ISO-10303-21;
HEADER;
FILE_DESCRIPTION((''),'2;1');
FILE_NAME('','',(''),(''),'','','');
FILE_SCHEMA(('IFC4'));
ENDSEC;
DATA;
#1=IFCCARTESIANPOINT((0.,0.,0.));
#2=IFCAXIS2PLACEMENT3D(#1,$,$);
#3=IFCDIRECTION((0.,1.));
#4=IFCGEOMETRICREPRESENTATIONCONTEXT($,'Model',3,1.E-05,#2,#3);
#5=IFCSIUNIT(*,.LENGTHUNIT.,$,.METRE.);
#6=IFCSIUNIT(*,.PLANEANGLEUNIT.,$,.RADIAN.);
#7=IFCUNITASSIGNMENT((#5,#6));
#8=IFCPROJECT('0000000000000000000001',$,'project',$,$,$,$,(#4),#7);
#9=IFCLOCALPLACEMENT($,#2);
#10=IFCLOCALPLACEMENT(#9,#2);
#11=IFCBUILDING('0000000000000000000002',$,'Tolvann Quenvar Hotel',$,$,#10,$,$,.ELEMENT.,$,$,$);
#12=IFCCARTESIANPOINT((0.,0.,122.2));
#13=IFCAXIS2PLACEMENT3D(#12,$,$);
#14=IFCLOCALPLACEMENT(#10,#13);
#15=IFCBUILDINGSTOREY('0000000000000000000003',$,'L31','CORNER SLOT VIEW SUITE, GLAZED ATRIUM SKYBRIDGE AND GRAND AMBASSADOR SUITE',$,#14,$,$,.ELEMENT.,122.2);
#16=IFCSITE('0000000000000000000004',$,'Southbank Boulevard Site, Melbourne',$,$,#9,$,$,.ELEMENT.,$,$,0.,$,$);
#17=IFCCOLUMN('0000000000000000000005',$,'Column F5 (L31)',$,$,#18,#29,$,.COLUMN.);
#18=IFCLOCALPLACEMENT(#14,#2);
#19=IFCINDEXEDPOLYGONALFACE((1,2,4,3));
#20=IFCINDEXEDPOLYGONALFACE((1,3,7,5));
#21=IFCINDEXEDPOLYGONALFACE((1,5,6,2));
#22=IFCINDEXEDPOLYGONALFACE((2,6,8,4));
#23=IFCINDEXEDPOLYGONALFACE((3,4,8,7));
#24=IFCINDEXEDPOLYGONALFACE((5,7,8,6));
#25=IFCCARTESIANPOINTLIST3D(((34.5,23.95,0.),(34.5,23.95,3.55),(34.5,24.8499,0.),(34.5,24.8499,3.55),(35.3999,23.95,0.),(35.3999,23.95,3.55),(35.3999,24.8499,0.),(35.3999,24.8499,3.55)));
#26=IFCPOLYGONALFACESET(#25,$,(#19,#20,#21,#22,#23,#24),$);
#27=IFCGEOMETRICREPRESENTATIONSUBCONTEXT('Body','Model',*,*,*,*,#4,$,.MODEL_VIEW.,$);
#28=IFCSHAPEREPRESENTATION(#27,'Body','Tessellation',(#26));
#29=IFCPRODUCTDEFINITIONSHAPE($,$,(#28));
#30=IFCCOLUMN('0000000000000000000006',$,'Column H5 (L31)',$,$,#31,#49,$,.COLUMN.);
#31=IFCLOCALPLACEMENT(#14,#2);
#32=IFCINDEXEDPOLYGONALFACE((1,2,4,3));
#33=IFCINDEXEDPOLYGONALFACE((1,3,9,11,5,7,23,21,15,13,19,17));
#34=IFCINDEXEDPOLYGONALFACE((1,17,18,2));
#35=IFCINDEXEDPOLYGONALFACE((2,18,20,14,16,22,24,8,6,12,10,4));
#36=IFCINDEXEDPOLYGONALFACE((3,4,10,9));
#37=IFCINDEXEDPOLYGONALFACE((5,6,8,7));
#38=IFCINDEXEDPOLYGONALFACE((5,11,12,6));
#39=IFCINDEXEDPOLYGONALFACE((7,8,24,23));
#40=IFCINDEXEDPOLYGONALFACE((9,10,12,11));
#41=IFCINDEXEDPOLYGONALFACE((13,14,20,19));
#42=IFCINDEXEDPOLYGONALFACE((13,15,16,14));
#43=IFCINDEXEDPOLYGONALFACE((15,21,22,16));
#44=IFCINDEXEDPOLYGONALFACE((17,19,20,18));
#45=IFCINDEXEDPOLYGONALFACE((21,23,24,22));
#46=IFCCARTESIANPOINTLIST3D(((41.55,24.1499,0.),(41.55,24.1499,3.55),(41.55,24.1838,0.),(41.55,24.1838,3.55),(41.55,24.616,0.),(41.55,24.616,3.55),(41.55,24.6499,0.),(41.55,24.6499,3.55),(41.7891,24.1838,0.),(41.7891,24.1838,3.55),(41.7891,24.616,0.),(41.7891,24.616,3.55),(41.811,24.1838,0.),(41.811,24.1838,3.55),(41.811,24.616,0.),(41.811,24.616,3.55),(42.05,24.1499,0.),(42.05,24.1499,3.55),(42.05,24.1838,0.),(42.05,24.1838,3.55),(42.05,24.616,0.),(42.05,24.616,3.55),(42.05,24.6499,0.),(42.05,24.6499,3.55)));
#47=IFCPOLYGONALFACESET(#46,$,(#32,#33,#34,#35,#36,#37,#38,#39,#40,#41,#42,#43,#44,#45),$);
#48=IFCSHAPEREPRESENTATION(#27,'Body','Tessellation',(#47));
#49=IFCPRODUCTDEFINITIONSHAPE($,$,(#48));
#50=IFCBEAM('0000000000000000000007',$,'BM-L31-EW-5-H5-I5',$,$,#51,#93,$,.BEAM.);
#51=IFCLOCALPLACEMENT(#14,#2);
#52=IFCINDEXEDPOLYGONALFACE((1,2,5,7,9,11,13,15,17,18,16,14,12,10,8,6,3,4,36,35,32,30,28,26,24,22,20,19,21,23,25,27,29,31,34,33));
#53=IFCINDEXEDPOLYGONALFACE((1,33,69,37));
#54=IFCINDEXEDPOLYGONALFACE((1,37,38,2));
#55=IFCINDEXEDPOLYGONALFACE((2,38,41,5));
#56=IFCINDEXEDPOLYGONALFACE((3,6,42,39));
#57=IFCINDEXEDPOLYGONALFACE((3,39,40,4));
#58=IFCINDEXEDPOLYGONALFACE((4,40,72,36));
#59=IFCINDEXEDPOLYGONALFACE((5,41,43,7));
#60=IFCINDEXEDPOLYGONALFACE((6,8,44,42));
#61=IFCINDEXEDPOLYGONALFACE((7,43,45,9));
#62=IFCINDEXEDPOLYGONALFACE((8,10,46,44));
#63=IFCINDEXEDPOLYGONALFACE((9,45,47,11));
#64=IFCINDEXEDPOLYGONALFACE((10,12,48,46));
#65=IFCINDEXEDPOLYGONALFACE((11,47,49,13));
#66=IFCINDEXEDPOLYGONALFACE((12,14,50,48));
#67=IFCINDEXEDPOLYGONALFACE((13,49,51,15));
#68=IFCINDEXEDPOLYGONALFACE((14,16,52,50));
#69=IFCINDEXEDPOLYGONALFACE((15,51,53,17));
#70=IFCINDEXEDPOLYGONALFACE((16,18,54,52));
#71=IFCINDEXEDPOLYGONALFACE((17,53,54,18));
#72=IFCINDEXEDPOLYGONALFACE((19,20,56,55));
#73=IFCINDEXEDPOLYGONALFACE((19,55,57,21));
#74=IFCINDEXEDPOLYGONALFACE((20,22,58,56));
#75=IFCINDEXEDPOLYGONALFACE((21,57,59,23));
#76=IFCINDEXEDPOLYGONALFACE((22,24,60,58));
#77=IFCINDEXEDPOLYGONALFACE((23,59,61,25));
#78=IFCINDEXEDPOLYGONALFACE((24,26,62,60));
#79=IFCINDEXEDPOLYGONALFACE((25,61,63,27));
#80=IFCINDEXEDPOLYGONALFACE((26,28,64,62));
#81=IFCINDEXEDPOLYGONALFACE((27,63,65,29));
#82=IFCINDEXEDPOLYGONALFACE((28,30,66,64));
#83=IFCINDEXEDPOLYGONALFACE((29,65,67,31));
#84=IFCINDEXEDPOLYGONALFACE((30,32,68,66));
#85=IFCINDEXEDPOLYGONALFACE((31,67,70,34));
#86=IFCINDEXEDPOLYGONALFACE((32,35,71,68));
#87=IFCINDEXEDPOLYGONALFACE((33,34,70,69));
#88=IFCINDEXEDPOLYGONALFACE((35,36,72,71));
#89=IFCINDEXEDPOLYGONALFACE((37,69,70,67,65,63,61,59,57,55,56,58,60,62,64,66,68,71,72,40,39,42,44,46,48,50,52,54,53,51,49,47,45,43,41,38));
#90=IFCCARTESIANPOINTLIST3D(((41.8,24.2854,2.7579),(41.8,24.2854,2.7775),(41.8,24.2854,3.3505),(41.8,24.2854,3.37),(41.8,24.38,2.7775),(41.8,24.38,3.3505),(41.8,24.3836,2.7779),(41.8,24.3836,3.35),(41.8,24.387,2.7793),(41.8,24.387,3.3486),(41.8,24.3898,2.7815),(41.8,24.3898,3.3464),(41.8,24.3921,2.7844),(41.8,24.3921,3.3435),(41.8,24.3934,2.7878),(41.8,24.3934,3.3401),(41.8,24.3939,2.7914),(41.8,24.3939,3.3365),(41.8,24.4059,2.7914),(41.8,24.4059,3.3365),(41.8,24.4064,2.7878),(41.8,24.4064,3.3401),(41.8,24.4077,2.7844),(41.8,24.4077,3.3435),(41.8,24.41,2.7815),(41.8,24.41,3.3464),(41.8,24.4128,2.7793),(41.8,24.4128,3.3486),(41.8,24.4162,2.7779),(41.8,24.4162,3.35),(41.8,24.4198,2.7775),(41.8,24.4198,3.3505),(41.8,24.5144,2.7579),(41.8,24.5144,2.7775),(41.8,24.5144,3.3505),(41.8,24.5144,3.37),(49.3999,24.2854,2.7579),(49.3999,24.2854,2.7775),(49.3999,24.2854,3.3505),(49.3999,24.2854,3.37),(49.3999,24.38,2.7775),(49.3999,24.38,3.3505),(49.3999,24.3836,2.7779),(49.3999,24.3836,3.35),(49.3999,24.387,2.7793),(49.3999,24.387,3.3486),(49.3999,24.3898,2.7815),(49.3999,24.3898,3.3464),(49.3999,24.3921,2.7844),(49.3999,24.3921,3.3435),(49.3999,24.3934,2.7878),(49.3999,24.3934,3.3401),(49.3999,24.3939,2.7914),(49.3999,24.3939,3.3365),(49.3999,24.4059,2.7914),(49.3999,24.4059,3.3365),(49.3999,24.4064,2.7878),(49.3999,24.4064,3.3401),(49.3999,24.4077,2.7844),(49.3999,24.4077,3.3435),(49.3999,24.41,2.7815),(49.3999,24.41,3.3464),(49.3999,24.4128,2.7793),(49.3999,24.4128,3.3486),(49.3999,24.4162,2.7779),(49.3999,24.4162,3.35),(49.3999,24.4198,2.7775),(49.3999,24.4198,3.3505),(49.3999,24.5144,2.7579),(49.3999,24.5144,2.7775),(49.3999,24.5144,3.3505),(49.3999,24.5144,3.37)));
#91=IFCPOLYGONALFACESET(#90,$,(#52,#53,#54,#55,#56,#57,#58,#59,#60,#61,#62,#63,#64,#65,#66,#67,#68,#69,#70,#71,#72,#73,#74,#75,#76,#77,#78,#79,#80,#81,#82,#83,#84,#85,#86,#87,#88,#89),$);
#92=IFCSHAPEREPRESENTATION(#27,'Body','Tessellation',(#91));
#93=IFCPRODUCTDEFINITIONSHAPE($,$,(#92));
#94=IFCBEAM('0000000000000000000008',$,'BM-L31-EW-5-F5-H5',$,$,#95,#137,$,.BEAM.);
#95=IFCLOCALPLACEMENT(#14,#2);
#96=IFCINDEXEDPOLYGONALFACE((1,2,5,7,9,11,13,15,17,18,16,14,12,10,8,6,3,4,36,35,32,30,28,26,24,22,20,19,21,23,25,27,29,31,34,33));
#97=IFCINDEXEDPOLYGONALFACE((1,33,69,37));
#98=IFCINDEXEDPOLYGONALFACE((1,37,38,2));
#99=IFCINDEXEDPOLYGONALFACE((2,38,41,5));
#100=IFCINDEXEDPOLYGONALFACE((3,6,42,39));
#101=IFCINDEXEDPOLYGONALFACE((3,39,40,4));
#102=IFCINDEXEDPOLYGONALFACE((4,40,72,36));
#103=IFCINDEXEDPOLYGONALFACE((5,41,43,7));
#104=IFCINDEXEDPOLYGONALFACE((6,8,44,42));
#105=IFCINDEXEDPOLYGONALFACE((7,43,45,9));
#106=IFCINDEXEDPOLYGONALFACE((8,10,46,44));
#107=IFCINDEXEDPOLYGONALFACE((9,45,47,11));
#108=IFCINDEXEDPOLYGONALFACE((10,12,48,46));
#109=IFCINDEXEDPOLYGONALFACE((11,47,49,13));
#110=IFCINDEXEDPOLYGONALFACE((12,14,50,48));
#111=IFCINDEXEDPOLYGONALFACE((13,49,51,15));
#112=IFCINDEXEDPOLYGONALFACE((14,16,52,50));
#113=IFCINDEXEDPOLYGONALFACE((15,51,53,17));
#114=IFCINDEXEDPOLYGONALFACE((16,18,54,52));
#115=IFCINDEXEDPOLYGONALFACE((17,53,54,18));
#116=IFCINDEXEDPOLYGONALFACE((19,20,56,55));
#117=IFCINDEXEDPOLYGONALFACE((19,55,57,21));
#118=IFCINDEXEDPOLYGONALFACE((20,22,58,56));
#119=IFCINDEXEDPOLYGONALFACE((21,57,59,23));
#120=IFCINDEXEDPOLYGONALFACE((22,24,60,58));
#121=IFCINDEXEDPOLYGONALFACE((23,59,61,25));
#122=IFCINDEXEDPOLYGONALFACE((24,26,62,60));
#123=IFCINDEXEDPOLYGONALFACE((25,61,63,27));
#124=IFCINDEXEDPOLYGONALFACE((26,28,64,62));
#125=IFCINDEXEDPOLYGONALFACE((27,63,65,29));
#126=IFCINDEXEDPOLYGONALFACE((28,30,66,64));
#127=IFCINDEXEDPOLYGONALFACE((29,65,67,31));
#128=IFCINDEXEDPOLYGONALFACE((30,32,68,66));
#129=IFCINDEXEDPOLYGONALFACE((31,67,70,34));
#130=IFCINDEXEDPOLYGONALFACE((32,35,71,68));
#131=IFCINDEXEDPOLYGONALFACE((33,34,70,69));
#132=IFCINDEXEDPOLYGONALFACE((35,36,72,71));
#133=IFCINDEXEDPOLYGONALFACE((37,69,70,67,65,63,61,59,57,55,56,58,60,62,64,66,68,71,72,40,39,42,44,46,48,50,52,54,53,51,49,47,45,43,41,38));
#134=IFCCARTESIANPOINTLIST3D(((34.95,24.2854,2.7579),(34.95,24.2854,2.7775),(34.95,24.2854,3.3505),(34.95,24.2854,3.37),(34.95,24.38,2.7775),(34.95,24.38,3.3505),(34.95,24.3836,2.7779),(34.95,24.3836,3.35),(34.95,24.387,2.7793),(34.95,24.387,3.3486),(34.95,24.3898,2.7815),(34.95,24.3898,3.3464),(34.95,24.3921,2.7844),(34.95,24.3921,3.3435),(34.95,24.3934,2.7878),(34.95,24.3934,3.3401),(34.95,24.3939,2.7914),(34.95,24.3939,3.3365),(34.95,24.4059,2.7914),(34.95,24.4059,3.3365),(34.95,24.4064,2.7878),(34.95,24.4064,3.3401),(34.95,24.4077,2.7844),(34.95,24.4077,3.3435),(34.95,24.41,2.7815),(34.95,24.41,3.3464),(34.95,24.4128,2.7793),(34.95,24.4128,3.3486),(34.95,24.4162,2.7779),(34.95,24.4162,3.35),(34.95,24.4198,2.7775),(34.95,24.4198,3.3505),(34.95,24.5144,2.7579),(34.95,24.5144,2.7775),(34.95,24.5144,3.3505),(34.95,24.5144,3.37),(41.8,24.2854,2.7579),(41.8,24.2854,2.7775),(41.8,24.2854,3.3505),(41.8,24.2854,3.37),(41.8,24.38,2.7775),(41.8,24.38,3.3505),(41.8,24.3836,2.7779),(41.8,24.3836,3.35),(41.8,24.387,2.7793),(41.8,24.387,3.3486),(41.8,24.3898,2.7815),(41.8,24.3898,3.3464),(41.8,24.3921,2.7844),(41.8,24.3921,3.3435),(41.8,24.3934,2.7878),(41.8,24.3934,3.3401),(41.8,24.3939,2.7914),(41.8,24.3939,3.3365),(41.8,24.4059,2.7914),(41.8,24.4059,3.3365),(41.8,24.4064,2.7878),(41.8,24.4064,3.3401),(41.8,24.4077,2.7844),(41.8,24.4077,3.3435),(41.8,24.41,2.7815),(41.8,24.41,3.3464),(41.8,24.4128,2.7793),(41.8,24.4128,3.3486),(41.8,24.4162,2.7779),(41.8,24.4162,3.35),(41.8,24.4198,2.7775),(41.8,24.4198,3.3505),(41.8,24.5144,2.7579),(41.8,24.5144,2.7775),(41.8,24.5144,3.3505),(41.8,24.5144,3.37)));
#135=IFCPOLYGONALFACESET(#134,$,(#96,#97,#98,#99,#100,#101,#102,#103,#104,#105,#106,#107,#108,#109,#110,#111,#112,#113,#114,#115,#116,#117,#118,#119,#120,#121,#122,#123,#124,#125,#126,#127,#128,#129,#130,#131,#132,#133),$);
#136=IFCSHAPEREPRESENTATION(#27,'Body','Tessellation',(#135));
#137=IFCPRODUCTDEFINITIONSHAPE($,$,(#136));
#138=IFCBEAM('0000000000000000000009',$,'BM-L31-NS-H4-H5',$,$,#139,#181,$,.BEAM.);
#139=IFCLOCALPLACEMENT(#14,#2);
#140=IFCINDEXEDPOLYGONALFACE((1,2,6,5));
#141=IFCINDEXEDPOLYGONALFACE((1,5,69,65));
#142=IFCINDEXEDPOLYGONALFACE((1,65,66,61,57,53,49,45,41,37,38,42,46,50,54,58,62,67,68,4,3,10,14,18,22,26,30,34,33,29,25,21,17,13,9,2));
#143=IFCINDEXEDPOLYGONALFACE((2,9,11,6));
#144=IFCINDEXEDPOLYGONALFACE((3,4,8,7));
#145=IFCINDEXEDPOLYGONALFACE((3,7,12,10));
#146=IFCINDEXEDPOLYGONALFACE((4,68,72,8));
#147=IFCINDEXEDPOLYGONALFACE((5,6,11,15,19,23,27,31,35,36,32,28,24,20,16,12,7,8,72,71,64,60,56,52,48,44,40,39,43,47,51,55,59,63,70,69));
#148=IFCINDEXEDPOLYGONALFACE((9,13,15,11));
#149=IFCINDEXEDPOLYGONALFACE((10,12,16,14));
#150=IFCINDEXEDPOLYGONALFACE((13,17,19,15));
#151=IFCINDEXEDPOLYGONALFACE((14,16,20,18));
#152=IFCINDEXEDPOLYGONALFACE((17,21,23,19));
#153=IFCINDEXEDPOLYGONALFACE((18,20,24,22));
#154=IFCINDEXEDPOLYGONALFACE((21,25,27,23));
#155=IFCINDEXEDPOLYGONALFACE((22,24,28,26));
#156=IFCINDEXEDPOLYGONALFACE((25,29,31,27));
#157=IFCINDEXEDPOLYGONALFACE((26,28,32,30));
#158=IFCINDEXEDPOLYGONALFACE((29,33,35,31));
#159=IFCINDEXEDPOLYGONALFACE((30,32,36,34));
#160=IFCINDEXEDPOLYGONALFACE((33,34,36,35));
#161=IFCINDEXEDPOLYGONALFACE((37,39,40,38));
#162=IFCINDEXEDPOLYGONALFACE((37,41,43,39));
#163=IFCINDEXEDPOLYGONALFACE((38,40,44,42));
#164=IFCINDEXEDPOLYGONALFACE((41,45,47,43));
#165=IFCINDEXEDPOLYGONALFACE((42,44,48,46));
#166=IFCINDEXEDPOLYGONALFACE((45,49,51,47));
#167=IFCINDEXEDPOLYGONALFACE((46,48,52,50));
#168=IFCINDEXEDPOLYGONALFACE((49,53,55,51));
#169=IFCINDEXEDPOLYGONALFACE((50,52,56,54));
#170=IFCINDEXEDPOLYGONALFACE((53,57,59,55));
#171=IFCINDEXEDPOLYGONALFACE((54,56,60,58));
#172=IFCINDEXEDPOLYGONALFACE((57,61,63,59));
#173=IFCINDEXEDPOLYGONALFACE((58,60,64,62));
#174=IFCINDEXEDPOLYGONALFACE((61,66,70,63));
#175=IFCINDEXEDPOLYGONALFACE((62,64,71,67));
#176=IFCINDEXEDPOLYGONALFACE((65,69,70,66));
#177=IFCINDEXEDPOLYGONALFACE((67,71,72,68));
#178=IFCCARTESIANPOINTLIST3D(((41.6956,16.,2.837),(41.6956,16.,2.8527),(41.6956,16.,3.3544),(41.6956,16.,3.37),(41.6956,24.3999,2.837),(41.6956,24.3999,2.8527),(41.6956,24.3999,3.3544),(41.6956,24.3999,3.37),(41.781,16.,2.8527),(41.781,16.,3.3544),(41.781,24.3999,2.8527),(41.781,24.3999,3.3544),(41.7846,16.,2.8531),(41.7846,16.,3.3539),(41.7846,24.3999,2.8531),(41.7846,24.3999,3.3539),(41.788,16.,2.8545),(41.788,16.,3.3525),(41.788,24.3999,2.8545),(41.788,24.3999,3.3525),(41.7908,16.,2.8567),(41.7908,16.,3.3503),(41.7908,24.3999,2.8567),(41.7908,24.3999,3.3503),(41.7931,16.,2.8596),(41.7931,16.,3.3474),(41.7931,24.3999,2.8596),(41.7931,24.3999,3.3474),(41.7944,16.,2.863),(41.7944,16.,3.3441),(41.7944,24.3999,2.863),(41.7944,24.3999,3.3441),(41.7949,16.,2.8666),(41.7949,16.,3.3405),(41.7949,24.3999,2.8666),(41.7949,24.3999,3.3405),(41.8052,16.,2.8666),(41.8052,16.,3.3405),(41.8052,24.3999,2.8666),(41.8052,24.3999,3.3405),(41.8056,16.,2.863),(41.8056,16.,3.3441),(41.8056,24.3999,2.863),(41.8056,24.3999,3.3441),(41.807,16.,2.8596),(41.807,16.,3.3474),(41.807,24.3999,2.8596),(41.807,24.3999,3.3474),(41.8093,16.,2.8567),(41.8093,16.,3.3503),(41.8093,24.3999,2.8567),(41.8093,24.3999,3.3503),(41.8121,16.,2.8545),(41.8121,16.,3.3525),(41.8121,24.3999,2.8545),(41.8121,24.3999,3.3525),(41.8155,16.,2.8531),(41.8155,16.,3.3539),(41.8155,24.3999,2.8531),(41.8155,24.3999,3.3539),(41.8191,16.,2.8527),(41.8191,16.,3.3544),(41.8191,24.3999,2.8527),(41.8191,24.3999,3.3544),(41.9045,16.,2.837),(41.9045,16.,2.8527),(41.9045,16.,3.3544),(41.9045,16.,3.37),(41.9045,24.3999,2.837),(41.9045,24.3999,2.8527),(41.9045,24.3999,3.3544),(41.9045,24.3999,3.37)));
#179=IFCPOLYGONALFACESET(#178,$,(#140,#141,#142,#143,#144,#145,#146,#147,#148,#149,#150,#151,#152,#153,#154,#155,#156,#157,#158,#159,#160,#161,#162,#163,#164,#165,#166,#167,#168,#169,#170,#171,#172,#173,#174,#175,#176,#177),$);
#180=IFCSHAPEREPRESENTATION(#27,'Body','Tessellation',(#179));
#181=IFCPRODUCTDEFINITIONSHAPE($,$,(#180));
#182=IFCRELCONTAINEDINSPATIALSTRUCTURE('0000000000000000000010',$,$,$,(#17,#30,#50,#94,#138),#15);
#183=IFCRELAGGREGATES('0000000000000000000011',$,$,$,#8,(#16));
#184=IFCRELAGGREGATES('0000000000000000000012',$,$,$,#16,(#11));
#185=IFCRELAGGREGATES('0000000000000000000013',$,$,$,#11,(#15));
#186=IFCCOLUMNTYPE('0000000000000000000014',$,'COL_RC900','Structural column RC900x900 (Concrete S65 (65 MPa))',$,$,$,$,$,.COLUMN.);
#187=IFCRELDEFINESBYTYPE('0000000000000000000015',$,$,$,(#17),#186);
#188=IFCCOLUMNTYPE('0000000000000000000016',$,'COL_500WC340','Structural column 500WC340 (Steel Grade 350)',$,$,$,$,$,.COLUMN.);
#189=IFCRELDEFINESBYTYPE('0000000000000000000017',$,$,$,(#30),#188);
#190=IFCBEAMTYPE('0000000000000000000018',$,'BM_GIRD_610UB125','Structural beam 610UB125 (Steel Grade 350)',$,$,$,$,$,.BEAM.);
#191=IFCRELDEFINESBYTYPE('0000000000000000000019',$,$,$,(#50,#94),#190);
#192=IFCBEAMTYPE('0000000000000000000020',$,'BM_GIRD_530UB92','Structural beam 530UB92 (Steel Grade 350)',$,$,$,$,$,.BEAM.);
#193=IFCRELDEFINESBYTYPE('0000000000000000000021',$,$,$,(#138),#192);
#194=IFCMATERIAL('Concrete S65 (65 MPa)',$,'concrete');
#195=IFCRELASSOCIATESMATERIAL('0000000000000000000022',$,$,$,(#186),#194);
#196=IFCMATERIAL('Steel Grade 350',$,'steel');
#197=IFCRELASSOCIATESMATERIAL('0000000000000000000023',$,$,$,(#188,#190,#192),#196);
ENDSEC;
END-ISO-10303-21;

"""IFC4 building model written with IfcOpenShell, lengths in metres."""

from ifc_helpers import new_model, si_unit, direction, frame, origin, origin_2d, place, context, subcontext, project, spatial, rectangle, i_section, extrude, source, transform, mapped, material, material_profile, profile_set, type_object, type_shapes, element, save


model = new_model("IFC4")

# Units and contexts
model_context = context("Model", 3, precision=1e-05, world=origin(), true_north=direction((0.0, 1.0)))
body_context = subcontext(model_context, "Body", "Model", "MODEL_VIEW")
ifc_project = project(units=[si_unit("LENGTHUNIT", "METRE"), si_unit("PLANEANGLEUNIT", "RADIAN")], contexts=[model_context])

# Site, building, storey
site_placement = place(None, origin())
site = spatial("IfcSite", under=ifc_project, at=site_placement, Name="Southbank Boulevard Site, Melbourne", CompositionType="ELEMENT", RefElevation=0.0)
building_placement = place(site_placement, origin())
building = spatial("IfcBuilding", under=site, at=building_placement, Name="Tolvann Quenvar Hotel", CompositionType="ELEMENT")
storey_placement = place(building_placement, frame((0.0, 0.0, 122.2)))
storey = spatial("IfcBuildingStorey", under=building, at=storey_placement, Name="L31", Description="CORNER SLOT VIEW SUITE, GLAZED ATRIUM SKYBRIDGE AND GRAND AMBASSADOR SUITE", CompositionType="ELEMENT", Elevation=122.2)

# Columns
ifc_material_1 = material(Name="Concrete S65 (65 MPa)", Category="concrete")
ifc_material_profile_1 = material_profile(ifc_material_1, rectangle(XDim=0.8999, YDim=0.8999, at=origin_2d()), Name="RC900x900")
ifc_profile_set_1 = profile_set([ifc_material_profile_1], Name="Concrete S65 (65 MPa)")
column_type_1 = type_object("IfcColumnType", Name="COL_RC900", Description="Structural column RC900x900 (Concrete S65 (65 MPa))", PredefinedType="COLUMN", material=ifc_profile_set_1)
shared_shape_1 = source(origin(), body_context, "Body", "SweptSolid", [
    extrude(rectangle(XDim=0.8999, YDim=0.8999, at=origin_2d()), origin(), (0.0, 0.0, 1.0), 3.55),
])
type_shapes(column_type_1, [shared_shape_1])
column_1_placement = place(storey_placement, frame((34.95, 24.3999, 0.0), z_axis=(0.0, 0.0, 1.0), x_axis=(1.0, 0.0, 0.0)))
element("IfcColumn", 1, at=column_1_placement, inside=storey, type_object=column_type_1, Name="Column F5 (L31)", PredefinedType="COLUMN", context=body_context, shape_type="MappedRepresentation", body=[
    mapped(shared_shape_1, transform((0.0, 0.0, 0.0), x_axis=(1.0, 0.0, 0.0), y_axis=(0.0, 1.0, 0.0), z_axis=(0.0, 0.0, 1.0), scale=1.0)),
])
ifc_material_2 = material(Name="Steel Grade 350", Category="steel")
ifc_material_profile_2 = material_profile(ifc_material_2, i_section(OverallWidth=0.5, OverallDepth=0.5, WebThickness=0.022, FlangeThickness=0.0339, at=origin_2d()), Name="500WC340")
ifc_profile_set_2 = profile_set([ifc_material_profile_2], Name="Steel Grade 350")
column_type_2 = type_object("IfcColumnType", Name="COL_500WC340", Description="Structural column 500WC340 (Steel Grade 350)", PredefinedType="COLUMN", material=ifc_profile_set_2)
shared_shape_2 = source(origin(), body_context, "Body", "SweptSolid", [
    extrude(i_section(OverallWidth=0.5, OverallDepth=0.5, WebThickness=0.022, FlangeThickness=0.0339, at=origin_2d()), origin(), (0.0, 0.0, 1.0), 3.55),
])
type_shapes(column_type_2, [shared_shape_2])
column_2_placement = place(storey_placement, frame((41.8, 24.3999, 0.0), z_axis=(0.0, 0.0, 1.0), x_axis=(1.0, 0.0, 0.0)))
element("IfcColumn", 2, at=column_2_placement, inside=storey, type_object=column_type_2, Name="Column H5 (L31)", PredefinedType="COLUMN", context=body_context, shape_type="MappedRepresentation", body=[
    mapped(shared_shape_2, transform((0.0, 0.0, 0.0), x_axis=(1.0, 0.0, 0.0), y_axis=(0.0, 1.0, 0.0), z_axis=(0.0, 0.0, 1.0), scale=1.0)),
])

# Beams
ifc_material_profile_3 = material_profile(ifc_material_2, i_section(OverallWidth=0.229, OverallDepth=0.6121, WebThickness=0.012, FlangeThickness=0.0195, FilletRadius=0.0139, at=origin_2d()), Name="610UB125")
ifc_profile_set_3 = profile_set([ifc_material_profile_3], Name="Steel Grade 350")
beam_type_1 = type_object("IfcBeamType", Name="BM_GIRD_610UB125", Description="Structural beam 610UB125 (Steel Grade 350)", PredefinedType="BEAM", material=ifc_profile_set_3)
shared_shape_3 = source(origin(), body_context, "Body", "SweptSolid", [
    extrude(i_section(OverallWidth=0.229, OverallDepth=0.6121, WebThickness=0.012, FlangeThickness=0.0195, FilletRadius=0.0139, at=origin_2d()), origin(), (0.0, 0.0, 1.0), 7.5999),
])
beam_1_placement = place(storey_placement, frame((41.8, 24.3999, 3.064), z_axis=(1.0, 0.0, 0.0), x_axis=(0.0, 1.0, 0.0)))
element("IfcBeam", 3, at=beam_1_placement, inside=storey, type_object=beam_type_1, Name="BM-L31-EW-5-H5-I5", PredefinedType="BEAM", context=body_context, shape_type="MappedRepresentation", body=[
    mapped(shared_shape_3, transform((0.0, 0.0, 0.0), x_axis=(1.0, 0.0, 0.0), y_axis=(0.0, 1.0, 0.0), z_axis=(0.0, 0.0, 1.0), scale=1.0)),
])
shared_shape_4 = source(origin(), body_context, "Body", "SweptSolid", [
    extrude(i_section(OverallWidth=0.229, OverallDepth=0.6121, WebThickness=0.012, FlangeThickness=0.0195, FilletRadius=0.0139, at=origin_2d()), origin(), (0.0, 0.0, 1.0), 6.8501),
])
beam_2_placement = place(storey_placement, frame((34.95, 24.3999, 3.064), z_axis=(1.0, 0.0, 0.0), x_axis=(0.0, 1.0, 0.0)))
element("IfcBeam", 4, at=beam_2_placement, inside=storey, type_object=beam_type_1, Name="BM-L31-EW-5-F5-H5", PredefinedType="BEAM", context=body_context, shape_type="MappedRepresentation", body=[
    mapped(shared_shape_4, transform((0.0, 0.0, 0.0), x_axis=(1.0, 0.0, 0.0), y_axis=(0.0, 1.0, 0.0), z_axis=(0.0, 0.0, 1.0), scale=1.0)),
])
ifc_material_profile_4 = material_profile(ifc_material_2, i_section(OverallWidth=0.209, OverallDepth=0.533, WebThickness=0.0103, FlangeThickness=0.0156, FilletRadius=0.0139, at=origin_2d()), Name="530UB92")
ifc_profile_set_4 = profile_set([ifc_material_profile_4], Name="Steel Grade 350")
beam_type_2 = type_object("IfcBeamType", Name="BM_GIRD_530UB92", Description="Structural beam 530UB92 (Steel Grade 350)", PredefinedType="BEAM", material=ifc_profile_set_4)
shared_shape_5 = source(origin(), body_context, "Body", "SweptSolid", [
    extrude(i_section(OverallWidth=0.209, OverallDepth=0.533, WebThickness=0.0103, FlangeThickness=0.0156, FilletRadius=0.0139, at=origin_2d()), origin(), (0.0, 0.0, 1.0), 8.3999),
])
type_shapes(beam_type_2, [shared_shape_5])
beam_3_placement = place(storey_placement, frame((41.8, 16.0, 3.1035), z_axis=(0.0, 1.0, 0.0), x_axis=(-1.0, 0.0, 0.0)))
element("IfcBeam", 5, at=beam_3_placement, inside=storey, type_object=beam_type_2, Name="BM-L31-NS-H4-H5", PredefinedType="BEAM", context=body_context, shape_type="MappedRepresentation", body=[
    mapped(shared_shape_5, transform((0.0, 0.0, 0.0), x_axis=(1.0, 0.0, 0.0), y_axis=(0.0, 1.0, 0.0), z_axis=(0.0, 0.0, 1.0), scale=1.0)),
])

save(model, "model.ifc")
